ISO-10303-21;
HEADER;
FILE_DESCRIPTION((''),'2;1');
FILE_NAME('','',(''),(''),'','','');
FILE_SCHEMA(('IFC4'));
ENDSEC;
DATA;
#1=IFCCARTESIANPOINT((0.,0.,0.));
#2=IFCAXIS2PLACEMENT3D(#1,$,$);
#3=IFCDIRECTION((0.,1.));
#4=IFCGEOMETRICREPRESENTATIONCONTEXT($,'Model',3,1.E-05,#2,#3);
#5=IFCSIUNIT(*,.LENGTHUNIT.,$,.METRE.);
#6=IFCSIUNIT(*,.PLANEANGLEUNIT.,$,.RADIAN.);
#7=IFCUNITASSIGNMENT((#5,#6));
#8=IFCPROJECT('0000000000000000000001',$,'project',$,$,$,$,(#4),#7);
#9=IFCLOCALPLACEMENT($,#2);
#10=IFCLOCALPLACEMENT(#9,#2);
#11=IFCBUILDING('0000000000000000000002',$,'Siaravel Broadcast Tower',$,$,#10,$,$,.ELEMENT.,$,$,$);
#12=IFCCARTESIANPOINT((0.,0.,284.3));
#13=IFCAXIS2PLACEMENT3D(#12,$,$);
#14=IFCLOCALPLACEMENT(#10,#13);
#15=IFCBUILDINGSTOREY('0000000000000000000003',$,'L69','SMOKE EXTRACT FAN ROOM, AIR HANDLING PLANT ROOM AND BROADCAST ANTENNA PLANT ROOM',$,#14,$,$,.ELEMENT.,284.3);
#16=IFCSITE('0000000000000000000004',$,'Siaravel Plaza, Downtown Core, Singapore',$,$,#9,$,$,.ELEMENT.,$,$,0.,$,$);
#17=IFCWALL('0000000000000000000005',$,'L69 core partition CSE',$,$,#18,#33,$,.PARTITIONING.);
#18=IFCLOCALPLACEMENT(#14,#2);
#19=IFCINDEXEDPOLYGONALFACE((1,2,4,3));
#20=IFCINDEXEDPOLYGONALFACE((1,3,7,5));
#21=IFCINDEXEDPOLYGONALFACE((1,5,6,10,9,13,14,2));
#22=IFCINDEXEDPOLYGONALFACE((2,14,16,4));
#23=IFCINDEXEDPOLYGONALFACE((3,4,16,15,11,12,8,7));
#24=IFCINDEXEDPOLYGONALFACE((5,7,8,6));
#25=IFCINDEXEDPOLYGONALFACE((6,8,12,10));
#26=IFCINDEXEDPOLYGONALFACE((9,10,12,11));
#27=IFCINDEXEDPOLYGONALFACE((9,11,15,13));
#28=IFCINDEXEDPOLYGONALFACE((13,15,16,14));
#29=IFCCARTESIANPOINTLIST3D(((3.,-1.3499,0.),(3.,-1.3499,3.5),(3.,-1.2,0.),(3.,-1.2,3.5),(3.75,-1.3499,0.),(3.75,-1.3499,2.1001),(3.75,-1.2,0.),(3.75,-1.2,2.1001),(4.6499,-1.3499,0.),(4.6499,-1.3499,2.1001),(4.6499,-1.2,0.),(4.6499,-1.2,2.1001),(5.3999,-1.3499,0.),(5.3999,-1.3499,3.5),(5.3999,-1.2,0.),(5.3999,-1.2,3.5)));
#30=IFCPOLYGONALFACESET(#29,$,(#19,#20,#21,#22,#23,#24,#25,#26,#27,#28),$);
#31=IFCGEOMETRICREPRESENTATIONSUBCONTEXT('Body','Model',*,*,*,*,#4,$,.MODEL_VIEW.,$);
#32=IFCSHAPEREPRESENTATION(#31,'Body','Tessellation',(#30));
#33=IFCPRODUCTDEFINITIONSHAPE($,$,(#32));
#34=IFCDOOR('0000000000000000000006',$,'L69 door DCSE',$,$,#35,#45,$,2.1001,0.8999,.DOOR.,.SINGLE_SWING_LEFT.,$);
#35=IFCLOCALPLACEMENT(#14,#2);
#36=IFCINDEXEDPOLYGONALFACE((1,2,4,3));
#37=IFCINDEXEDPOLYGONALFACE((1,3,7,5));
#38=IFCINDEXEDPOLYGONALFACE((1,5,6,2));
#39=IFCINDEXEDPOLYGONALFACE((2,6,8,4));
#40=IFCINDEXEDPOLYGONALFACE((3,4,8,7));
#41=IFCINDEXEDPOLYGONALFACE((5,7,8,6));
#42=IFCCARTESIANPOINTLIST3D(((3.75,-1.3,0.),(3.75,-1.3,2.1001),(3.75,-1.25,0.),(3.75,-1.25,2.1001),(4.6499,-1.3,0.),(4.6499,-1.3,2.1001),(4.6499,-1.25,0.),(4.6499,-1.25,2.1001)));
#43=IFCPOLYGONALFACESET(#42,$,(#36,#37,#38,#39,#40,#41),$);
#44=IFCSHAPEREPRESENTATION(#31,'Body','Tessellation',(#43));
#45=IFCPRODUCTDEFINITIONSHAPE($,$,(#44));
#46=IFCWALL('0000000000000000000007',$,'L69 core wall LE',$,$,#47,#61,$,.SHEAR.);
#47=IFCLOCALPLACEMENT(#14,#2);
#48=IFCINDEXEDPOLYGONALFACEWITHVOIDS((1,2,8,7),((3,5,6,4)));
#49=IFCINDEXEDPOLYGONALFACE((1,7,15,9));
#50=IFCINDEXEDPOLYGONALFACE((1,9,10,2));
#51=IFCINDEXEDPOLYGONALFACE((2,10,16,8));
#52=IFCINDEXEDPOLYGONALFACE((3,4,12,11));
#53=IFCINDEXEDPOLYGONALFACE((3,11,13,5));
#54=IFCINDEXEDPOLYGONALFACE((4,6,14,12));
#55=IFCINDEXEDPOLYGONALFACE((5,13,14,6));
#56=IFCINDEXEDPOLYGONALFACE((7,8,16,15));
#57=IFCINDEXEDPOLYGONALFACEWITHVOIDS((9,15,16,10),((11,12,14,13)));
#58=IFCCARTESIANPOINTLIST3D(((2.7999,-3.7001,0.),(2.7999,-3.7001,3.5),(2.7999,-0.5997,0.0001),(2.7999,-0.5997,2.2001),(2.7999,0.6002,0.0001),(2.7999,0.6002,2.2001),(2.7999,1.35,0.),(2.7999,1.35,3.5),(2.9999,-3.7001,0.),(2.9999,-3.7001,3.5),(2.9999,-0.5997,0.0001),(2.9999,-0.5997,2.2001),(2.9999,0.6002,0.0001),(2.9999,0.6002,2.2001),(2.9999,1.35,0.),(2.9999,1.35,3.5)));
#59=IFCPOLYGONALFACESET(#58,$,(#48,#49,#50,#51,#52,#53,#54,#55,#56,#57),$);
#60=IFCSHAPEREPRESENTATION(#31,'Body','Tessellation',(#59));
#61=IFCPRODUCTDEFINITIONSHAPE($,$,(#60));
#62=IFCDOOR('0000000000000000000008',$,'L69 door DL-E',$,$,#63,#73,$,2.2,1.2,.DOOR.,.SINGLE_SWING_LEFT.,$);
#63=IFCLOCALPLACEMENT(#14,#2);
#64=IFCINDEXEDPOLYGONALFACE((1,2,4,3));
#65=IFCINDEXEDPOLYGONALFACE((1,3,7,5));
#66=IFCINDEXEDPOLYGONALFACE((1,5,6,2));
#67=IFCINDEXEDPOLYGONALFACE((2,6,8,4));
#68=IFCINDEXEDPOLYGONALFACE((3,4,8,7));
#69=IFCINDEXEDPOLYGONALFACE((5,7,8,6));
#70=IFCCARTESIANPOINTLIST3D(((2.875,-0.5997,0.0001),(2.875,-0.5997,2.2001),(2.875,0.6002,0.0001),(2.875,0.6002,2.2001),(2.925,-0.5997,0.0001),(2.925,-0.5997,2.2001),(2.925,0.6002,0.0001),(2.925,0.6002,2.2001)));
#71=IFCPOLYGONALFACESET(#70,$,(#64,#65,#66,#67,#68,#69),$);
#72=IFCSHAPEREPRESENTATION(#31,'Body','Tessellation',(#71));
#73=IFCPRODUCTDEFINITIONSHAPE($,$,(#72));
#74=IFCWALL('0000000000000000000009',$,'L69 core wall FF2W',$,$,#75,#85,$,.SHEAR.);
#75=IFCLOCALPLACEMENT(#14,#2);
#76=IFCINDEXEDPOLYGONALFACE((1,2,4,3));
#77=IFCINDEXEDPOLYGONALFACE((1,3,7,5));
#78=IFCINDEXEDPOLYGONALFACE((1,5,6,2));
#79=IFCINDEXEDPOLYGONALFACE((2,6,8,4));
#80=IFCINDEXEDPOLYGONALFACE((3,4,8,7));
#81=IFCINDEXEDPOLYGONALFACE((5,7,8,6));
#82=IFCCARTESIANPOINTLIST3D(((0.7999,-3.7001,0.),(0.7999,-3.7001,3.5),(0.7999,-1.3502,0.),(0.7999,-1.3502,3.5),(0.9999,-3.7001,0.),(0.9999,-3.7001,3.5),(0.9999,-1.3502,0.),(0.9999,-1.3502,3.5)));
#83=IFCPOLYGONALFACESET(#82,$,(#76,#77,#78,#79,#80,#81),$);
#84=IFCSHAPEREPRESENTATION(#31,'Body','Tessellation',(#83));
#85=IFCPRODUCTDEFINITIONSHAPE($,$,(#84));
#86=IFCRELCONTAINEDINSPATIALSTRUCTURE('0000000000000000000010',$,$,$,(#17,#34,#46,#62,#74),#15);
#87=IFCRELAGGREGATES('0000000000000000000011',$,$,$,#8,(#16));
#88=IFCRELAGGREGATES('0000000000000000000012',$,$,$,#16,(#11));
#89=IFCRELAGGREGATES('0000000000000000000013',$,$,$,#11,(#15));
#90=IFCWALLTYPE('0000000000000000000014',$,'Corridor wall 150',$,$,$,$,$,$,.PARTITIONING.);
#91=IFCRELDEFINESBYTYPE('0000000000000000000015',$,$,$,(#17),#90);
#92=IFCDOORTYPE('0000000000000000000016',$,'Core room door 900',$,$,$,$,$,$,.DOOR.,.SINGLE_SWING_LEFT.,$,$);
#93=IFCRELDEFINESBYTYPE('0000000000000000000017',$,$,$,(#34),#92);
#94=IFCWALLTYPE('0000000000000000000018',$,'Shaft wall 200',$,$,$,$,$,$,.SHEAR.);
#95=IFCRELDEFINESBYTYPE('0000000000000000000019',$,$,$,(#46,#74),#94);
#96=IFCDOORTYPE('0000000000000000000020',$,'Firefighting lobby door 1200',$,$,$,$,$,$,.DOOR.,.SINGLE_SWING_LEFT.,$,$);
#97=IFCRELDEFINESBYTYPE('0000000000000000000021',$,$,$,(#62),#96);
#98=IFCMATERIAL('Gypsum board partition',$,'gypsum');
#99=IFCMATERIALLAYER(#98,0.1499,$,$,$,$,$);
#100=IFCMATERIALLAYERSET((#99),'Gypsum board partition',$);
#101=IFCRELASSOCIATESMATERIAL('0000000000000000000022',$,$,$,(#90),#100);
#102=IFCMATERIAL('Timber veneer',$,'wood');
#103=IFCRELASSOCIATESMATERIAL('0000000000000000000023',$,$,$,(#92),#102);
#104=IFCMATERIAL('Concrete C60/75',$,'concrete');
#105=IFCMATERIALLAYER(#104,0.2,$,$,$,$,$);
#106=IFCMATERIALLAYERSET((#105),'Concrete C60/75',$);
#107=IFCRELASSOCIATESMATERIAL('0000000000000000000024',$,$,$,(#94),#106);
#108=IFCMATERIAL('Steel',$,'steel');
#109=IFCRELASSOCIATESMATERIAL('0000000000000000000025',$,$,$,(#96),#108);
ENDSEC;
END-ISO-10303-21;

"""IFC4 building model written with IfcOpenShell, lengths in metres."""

from ifc_helpers import new_model, si_unit, direction, frame, frame_2d, origin, place, context, subcontext, project, spatial, rectangle, extrude, material, layer, layer_set, type_object, element, fill, save


model = new_model("IFC4")

# Units and contexts
model_context = context("Model", 3, precision=1e-05, world=origin(), true_north=direction((0.0, 1.0)))
body_context = subcontext(model_context, "Body", "Model", "MODEL_VIEW")
ifc_project = project(units=[si_unit("LENGTHUNIT", "METRE"), si_unit("PLANEANGLEUNIT", "RADIAN")], contexts=[model_context])

# Site, building, storey
site_placement = place(None, origin())
site = spatial("IfcSite", under=ifc_project, at=site_placement, Name="Siaravel Plaza, Downtown Core, Singapore", CompositionType="ELEMENT", RefElevation=0.0)
building_placement = place(site_placement, origin())
building = spatial("IfcBuilding", under=site, at=building_placement, Name="Siaravel Broadcast Tower", CompositionType="ELEMENT")
storey_placement = place(building_placement, frame((0.0, 0.0, 284.3)))
storey = spatial("IfcBuildingStorey", under=building, at=storey_placement, Name="L69", Description="SMOKE EXTRACT FAN ROOM, AIR HANDLING PLANT ROOM AND BROADCAST ANTENNA PLANT ROOM", CompositionType="ELEMENT", Elevation=284.3)

# Walls, openings, doors
ifc_material_1 = material(Name="Concrete C60/75", Category="concrete")
ifc_material_2 = material(Name="Steel", Category="steel")
ifc_material_3 = material(Name="Gypsum board partition", Category="gypsum")
ifc_layer_1 = layer(ifc_material_3, 0.1499)
ifc_layer_set_1 = layer_set([ifc_layer_1], Name="Gypsum board partition")
wall_type_1 = type_object("IfcWallType", Name="Corridor wall 150", PredefinedType="PARTITIONING", material=ifc_layer_set_1)
wall_1_placement = place(storey_placement, frame((3.0, -1.2749, 0.0), z_axis=(0.0, 0.0, 1.0), x_axis=(1.0, 0.0, 0.0)))
wall_1 = element("IfcWall", 1, at=wall_1_placement, inside=storey, type_object=wall_type_1, Name="L69 core partition CSE", PredefinedType="PARTITIONING", context=body_context, shape_type="SweptSolid", body=[
    extrude(rectangle(XDim=2.3999, YDim=0.1499, at=frame_2d((1.2, 0.0))), origin(), (0.0, 0.0, 1.0), 3.5),
])
opening_1_placement = place(wall_1_placement, frame((0.75, 0.0, 0.0)))
opening_1 = element("IfcOpeningElement", 2, at=opening_1_placement, cuts=wall_1, PredefinedType="OPENING", context=body_context, shape_type="SweptSolid", body=[
    extrude(rectangle(XDim=0.8999, YDim=2.1001, at=frame_2d((0.45, 1.05))), frame((0.0, 0.085, 0.0), z_axis=(0.0, -1.0, 0.0), x_axis=(1.0, 0.0, 0.0)), (0.0, 0.0, 1.0), 0.1699),
])
ifc_material_4 = material(Name="Timber veneer", Category="wood")
door_type_1 = type_object("IfcDoorType", Name="Core room door 900", OperationType="SINGLE_SWING_LEFT", PredefinedType="DOOR", material=ifc_material_4)
door_1_placement = place(opening_1_placement, origin())
door_1 = element("IfcDoor", 3, at=door_1_placement, inside=storey, type_object=door_type_1, Name="L69 door DCSE", OperationType="SINGLE_SWING_LEFT", OverallHeight=2.1001, OverallWidth=0.8999, PredefinedType="DOOR", context=body_context, shape_type="SweptSolid", body=[
    extrude(rectangle(XDim=0.8999, YDim=2.1001, at=frame_2d((0.45, 1.05))), frame((0.0, 0.0249, 0.0), z_axis=(0.0, -1.0, 0.0), x_axis=(1.0, 0.0, 0.0)), (0.0, 0.0, 1.0), 0.05),
])
fill(opening_1, door_1)
ifc_layer_2 = layer(ifc_material_1, 0.2)
ifc_layer_set_2 = layer_set([ifc_layer_2], Name="Concrete C60/75")
wall_type_2 = type_object("IfcWallType", Name="Shaft wall 200", PredefinedType="SHEAR", material=ifc_layer_set_2)
wall_2_placement = place(storey_placement, frame((2.8999, -3.7, 0.0), z_axis=(0.0, 0.0, 1.0), x_axis=(0.0, 1.0, 0.0)))
wall_2 = element("IfcWall", 4, at=wall_2_placement, inside=storey, type_object=wall_type_2, Name="L69 core wall LE", PredefinedType="SHEAR", context=body_context, shape_type="SweptSolid", body=[
    extrude(rectangle(XDim=5.05, YDim=0.2, at=frame_2d((2.5249, 0.0))), origin(), (0.0, 0.0, 1.0), 3.5),
])
opening_2_placement = place(wall_2_placement, frame((3.1001, 0.0, 0.0)))
opening_2 = element("IfcOpeningElement", 5, at=opening_2_placement, cuts=wall_2, PredefinedType="OPENING", context=body_context, shape_type="SweptSolid", body=[
    extrude(rectangle(XDim=1.2, YDim=2.2, at=frame_2d((0.6001, 1.1001))), frame((0.0, 0.1099, 0.0), z_axis=(0.0, -1.0, 0.0), x_axis=(1.0, 0.0, 0.0)), (0.0, 0.0, 1.0), 0.22),
])
door_type_2 = type_object("IfcDoorType", Name="Firefighting lobby door 1200", OperationType="SINGLE_SWING_LEFT", PredefinedType="DOOR", material=ifc_material_2)
door_2_placement = place(opening_2_placement, origin())
door_2 = element("IfcDoor", 6, at=door_2_placement, inside=storey, type_object=door_type_2, Name="L69 door DL-E", OperationType="SINGLE_SWING_LEFT", OverallHeight=2.2, OverallWidth=1.2, PredefinedType="DOOR", context=body_context, shape_type="SweptSolid", body=[
    extrude(rectangle(XDim=1.2, YDim=2.2, at=frame_2d((0.6001, 1.1001))), frame((0.0, 0.0249, 0.0), z_axis=(0.0, -1.0, 0.0), x_axis=(1.0, 0.0, 0.0)), (0.0, 0.0, 1.0), 0.05),
])
fill(opening_2, door_2)

# Wall
wall_3_placement = place(storey_placement, frame((0.8999, -3.7, 0.0), z_axis=(0.0, 0.0, 1.0), x_axis=(0.0, 1.0, 0.0)))
element("IfcWall", 7, at=wall_3_placement, inside=storey, type_object=wall_type_2, Name="L69 core wall FF2W", PredefinedType="SHEAR", context=body_context, shape_type="SweptSolid", body=[
    extrude(rectangle(XDim=2.3499, YDim=0.2, at=frame_2d((1.1748, 0.0))), origin(), (0.0, 0.0, 1.0), 3.5),
])

save(model, "model.ifc")
